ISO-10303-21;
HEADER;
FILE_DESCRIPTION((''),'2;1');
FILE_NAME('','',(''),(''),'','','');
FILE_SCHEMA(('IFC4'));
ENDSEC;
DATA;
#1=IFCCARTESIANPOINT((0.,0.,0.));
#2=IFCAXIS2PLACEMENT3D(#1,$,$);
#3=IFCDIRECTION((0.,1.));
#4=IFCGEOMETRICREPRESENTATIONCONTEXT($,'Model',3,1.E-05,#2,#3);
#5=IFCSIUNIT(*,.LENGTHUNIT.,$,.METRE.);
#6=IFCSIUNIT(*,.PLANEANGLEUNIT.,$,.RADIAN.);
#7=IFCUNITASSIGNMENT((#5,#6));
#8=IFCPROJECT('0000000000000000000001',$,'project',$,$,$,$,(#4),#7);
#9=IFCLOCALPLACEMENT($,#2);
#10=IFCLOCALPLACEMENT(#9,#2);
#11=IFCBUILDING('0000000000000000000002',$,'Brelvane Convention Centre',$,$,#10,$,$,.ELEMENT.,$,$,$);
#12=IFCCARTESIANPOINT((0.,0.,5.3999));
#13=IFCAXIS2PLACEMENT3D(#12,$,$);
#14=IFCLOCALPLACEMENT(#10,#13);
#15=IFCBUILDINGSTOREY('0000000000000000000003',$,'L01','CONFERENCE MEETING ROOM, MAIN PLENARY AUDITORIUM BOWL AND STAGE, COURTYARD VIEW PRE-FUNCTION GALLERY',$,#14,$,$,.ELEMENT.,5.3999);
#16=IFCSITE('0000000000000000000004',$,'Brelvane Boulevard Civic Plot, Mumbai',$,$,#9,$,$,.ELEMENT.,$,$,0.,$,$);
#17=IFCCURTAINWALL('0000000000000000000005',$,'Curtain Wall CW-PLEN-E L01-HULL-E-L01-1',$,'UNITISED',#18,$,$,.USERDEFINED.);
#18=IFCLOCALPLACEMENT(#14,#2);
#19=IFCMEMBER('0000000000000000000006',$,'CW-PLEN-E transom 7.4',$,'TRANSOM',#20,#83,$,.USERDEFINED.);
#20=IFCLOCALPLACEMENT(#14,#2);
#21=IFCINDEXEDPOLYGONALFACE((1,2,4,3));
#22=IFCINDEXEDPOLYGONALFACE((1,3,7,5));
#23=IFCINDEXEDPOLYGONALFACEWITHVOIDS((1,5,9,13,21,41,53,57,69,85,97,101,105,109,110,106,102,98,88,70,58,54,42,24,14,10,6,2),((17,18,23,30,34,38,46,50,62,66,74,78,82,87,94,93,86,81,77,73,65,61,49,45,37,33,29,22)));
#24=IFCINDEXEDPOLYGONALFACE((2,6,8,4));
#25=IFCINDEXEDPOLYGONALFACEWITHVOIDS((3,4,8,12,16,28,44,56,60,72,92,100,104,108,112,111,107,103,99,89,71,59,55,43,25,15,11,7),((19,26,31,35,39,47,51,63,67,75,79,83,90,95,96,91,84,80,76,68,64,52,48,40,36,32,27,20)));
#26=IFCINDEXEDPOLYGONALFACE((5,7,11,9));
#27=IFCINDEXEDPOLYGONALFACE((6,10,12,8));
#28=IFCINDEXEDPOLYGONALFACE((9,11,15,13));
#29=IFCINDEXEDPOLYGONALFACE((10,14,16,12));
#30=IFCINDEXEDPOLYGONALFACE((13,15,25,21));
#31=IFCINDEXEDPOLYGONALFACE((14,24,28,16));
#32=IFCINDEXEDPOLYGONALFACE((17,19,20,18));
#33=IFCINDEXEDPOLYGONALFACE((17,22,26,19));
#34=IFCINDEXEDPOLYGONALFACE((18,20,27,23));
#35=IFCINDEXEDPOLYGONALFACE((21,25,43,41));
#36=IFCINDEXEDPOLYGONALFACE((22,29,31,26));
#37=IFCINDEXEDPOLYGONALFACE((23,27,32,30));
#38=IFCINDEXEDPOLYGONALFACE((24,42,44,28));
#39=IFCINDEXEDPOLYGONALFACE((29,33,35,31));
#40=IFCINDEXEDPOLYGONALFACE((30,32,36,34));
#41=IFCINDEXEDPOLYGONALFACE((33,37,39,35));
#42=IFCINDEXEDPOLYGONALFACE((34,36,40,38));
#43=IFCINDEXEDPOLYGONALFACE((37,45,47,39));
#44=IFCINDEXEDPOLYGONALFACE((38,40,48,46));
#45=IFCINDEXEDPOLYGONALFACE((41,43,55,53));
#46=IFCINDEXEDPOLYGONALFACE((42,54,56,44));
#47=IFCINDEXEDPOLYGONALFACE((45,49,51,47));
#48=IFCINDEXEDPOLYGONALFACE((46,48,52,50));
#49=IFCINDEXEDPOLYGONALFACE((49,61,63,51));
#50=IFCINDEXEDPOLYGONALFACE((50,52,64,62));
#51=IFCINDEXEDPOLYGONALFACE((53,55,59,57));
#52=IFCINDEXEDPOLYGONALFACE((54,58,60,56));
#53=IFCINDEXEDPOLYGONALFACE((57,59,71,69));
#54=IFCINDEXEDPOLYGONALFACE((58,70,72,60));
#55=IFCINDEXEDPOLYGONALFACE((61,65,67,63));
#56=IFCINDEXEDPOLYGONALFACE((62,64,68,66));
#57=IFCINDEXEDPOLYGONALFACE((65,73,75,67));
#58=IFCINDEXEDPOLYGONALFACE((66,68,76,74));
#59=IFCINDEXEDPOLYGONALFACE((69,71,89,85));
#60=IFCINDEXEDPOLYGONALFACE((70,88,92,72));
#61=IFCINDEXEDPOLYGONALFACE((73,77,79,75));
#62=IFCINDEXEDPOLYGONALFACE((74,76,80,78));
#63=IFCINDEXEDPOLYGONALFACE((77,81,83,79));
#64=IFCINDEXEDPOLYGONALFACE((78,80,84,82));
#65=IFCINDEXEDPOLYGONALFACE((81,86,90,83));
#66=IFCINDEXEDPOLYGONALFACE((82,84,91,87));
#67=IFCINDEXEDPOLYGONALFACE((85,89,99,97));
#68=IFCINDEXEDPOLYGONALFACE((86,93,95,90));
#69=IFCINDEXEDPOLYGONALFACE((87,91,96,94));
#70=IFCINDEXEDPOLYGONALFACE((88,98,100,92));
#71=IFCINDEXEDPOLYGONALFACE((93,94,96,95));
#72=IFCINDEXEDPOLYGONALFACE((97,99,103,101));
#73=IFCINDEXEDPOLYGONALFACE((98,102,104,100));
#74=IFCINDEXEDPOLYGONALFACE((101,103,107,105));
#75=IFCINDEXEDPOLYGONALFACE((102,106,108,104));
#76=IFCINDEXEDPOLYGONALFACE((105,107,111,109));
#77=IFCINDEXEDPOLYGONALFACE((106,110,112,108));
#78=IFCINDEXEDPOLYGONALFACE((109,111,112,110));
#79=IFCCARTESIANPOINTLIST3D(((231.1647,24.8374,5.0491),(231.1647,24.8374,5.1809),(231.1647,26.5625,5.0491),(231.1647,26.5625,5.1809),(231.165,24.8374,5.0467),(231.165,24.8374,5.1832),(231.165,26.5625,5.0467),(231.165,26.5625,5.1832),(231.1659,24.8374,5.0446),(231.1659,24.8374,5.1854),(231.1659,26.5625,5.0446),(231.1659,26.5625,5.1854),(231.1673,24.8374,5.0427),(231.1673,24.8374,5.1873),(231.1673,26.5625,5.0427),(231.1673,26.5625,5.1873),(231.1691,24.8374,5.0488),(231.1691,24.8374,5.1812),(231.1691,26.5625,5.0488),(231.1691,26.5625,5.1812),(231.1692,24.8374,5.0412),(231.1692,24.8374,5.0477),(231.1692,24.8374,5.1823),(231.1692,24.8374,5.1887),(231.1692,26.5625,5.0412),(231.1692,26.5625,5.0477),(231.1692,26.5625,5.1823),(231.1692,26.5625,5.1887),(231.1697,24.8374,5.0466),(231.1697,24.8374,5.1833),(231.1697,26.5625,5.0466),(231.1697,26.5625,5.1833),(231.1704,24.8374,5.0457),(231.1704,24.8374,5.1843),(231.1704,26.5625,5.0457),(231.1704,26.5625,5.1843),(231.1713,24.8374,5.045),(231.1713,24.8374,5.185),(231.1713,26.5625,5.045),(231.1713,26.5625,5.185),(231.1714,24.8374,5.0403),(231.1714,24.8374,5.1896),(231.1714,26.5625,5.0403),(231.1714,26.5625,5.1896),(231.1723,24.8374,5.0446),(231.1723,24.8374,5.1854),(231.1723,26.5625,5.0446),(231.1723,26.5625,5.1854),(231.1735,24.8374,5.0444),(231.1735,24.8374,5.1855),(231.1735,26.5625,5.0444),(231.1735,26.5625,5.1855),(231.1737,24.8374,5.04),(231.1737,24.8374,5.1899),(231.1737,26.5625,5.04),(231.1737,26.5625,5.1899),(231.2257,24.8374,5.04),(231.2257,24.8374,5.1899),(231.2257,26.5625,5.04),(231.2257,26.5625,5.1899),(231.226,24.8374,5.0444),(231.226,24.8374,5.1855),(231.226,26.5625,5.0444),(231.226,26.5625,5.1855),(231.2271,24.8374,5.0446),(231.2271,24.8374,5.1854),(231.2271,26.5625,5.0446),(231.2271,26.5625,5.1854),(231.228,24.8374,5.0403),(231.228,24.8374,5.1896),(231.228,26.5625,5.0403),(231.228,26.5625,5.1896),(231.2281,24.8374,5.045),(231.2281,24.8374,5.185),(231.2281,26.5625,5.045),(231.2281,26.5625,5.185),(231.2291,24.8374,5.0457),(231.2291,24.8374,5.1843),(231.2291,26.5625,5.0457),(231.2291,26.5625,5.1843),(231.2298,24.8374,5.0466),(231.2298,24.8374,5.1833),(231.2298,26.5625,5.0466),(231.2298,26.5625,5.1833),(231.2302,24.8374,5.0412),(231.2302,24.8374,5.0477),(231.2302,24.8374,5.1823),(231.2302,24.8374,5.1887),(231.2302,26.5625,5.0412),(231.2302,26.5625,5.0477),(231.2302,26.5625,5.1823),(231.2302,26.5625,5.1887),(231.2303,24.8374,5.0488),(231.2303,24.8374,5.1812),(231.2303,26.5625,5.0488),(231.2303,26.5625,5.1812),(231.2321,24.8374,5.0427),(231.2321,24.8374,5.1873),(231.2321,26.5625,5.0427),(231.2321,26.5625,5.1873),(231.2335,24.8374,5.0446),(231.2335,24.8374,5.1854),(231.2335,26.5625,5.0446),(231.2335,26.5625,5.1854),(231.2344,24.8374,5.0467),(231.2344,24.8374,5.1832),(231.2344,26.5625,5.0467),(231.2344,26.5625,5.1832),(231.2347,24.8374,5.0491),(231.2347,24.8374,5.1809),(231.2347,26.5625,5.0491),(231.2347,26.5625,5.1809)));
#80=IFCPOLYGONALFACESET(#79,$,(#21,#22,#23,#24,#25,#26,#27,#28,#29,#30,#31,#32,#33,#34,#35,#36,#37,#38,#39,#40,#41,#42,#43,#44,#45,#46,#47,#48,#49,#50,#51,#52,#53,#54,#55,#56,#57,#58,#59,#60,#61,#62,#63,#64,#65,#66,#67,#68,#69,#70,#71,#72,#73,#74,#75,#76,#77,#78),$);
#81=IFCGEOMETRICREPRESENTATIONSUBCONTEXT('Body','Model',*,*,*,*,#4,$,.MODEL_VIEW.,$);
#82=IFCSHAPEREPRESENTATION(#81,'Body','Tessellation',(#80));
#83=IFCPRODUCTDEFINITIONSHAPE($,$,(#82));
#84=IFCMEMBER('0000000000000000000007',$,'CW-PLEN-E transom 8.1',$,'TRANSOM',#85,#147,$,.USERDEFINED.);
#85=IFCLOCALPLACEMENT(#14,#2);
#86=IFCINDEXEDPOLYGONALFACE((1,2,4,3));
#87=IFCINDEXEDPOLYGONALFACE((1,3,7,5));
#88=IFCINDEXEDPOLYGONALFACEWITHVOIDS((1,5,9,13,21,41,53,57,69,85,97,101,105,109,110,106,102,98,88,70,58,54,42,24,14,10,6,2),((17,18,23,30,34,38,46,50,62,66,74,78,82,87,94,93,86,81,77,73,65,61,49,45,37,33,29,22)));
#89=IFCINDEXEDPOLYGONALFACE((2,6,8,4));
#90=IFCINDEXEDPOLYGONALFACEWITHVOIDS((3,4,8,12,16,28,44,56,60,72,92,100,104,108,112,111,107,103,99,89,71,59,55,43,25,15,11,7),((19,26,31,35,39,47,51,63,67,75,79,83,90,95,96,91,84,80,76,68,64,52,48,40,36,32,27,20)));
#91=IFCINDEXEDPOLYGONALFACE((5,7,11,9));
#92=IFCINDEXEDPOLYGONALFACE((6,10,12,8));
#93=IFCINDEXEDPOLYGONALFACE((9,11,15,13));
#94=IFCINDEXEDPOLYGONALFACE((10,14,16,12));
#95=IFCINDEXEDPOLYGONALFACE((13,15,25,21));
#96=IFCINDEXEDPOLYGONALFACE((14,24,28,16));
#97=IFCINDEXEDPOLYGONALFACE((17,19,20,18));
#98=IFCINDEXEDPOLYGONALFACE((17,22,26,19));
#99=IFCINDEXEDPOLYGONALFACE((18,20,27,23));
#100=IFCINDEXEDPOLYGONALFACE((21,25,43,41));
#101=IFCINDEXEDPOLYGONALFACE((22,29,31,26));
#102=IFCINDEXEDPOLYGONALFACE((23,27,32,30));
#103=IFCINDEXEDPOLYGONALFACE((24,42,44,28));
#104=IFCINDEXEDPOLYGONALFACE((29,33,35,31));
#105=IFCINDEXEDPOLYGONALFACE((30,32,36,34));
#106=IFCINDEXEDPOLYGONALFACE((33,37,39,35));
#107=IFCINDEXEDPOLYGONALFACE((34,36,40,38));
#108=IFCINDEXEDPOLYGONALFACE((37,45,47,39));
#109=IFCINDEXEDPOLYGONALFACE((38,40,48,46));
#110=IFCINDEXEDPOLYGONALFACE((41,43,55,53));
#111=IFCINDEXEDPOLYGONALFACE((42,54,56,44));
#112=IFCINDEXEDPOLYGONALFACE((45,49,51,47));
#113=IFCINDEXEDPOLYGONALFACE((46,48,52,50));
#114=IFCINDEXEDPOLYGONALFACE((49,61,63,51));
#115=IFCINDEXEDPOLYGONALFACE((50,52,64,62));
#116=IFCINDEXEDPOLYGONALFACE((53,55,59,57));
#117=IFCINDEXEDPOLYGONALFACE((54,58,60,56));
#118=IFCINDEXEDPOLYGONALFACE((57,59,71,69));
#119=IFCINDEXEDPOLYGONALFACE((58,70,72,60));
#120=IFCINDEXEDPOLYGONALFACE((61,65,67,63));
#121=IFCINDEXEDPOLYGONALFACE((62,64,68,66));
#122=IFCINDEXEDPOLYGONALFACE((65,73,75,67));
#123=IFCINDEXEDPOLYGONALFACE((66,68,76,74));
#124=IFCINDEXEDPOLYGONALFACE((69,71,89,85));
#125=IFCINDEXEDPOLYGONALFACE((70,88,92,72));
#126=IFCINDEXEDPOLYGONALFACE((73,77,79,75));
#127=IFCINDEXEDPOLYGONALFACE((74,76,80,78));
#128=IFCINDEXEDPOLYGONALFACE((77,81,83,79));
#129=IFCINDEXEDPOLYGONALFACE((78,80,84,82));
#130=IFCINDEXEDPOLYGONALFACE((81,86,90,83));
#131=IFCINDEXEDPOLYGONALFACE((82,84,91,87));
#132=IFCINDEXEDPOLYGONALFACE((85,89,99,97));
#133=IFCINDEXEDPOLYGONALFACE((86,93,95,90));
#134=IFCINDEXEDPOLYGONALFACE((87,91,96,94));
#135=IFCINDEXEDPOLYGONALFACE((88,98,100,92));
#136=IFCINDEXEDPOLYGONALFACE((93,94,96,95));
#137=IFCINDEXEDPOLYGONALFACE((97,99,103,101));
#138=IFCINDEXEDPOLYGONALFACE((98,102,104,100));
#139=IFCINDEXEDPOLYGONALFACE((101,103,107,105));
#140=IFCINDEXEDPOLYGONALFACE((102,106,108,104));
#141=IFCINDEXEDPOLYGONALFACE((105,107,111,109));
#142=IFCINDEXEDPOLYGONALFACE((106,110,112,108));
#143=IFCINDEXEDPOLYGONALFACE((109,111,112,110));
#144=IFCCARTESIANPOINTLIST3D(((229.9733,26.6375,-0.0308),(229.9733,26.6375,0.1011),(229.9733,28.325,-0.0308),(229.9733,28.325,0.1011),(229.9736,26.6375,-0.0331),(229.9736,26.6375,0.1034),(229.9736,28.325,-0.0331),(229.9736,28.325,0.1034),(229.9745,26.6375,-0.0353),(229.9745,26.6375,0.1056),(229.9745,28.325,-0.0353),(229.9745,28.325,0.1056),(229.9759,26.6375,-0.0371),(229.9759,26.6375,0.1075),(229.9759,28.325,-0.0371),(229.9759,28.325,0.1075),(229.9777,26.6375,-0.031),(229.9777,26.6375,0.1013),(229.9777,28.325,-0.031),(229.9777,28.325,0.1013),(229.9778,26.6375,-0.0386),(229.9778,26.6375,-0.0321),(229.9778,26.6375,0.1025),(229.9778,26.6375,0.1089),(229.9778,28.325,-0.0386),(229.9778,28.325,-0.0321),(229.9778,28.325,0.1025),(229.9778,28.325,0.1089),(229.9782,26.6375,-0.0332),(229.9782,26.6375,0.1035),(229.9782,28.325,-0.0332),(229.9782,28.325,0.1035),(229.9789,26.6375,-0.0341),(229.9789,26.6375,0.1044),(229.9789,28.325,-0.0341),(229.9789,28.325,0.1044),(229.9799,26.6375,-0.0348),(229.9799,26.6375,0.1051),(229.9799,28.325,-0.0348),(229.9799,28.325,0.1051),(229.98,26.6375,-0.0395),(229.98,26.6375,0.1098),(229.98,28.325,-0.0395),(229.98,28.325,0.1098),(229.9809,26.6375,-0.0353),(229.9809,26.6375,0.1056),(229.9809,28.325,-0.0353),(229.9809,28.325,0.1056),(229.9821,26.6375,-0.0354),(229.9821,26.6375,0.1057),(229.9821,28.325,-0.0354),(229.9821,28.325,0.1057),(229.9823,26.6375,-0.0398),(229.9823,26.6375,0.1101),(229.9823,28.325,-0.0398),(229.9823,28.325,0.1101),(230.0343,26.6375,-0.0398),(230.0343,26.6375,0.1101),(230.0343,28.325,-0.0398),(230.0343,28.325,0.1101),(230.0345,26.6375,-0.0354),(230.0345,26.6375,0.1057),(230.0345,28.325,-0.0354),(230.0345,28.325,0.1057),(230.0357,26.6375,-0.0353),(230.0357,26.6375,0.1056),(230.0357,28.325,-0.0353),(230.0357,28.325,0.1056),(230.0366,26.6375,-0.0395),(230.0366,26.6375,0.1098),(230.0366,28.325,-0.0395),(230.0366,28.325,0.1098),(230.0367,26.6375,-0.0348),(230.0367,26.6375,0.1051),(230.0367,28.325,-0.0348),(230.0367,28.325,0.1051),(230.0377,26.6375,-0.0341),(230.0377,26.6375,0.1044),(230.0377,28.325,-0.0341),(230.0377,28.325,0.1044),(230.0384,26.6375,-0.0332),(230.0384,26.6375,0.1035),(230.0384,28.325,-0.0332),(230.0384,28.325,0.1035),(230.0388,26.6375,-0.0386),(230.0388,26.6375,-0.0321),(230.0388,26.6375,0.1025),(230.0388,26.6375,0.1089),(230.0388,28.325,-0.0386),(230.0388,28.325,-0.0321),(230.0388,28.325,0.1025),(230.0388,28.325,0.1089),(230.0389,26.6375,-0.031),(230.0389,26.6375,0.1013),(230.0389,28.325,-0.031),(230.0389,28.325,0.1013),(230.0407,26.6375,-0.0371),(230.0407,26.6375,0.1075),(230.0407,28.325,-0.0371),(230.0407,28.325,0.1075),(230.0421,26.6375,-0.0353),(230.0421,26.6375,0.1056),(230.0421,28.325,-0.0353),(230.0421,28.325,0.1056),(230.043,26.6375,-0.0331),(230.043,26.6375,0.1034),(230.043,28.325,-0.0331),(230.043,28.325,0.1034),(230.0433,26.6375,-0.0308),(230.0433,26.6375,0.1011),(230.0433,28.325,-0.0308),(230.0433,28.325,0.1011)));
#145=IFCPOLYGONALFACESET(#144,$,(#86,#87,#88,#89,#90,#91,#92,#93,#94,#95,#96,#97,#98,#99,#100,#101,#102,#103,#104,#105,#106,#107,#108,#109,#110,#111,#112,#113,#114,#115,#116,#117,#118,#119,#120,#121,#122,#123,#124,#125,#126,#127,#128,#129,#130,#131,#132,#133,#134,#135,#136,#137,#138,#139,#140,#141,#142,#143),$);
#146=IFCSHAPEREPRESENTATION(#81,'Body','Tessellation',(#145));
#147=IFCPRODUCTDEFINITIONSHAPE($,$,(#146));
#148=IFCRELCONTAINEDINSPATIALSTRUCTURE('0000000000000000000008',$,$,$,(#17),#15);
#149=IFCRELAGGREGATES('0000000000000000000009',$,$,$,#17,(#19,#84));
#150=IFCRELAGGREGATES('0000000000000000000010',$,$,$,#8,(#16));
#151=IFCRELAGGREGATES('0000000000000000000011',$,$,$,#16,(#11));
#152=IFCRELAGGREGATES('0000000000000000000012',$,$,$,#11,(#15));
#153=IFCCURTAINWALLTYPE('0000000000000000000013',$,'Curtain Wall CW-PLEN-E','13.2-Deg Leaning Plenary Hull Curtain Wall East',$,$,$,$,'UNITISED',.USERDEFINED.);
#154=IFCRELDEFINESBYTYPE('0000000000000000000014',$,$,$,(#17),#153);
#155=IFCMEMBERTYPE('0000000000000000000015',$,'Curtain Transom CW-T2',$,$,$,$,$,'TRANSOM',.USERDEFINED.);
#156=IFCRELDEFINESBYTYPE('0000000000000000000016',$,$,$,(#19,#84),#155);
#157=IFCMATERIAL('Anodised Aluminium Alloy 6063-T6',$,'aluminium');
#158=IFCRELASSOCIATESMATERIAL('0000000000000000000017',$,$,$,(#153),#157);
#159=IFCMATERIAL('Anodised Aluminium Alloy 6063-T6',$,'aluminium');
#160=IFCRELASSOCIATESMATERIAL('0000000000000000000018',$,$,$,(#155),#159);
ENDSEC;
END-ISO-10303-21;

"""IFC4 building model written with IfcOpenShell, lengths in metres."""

from ifc_helpers import new_model, si_unit, direction, frame, origin, origin_2d, place, context, subcontext, project, spatial, hollow_rectangle, extrude, material, material_profile, profile_set, type_object, element, aggregate, save


model = new_model("IFC4")

# Units and contexts
model_context = context("Model", 3, precision=1e-05, world=origin(), true_north=direction((0.0, 1.0)))
body_context = subcontext(model_context, "Body", "Model", "MODEL_VIEW")
ifc_project = project(units=[si_unit("LENGTHUNIT", "METRE"), si_unit("PLANEANGLEUNIT", "RADIAN")], contexts=[model_context])

# Site, building, storey
site_placement = place(None, origin())
site = spatial("IfcSite", under=ifc_project, at=site_placement, Name="Brelvane Boulevard Civic Plot, Mumbai", CompositionType="ELEMENT", RefElevation=0.0)
building_placement = place(site_placement, origin())
building = spatial("IfcBuilding", under=site, at=building_placement, Name="Brelvane Convention Centre", CompositionType="ELEMENT")
storey_placement = place(building_placement, frame((0.0, 0.0, 5.3999)))
storey = spatial("IfcBuildingStorey", under=building, at=storey_placement, Name="L01", Description="CONFERENCE MEETING ROOM, MAIN PLENARY AUDITORIUM BOWL AND STAGE, COURTYARD VIEW PRE-FUNCTION GALLERY", CompositionType="ELEMENT", Elevation=5.3999)

# Curtain wall, members
ifc_material_1 = material(Name="Anodised Aluminium Alloy 6063-T6", Category="aluminium")
curtain_wall_type = type_object("IfcCurtainWallType", Name="Curtain Wall CW-PLEN-E", Description="13.2-Deg Leaning Plenary Hull Curtain Wall East", ElementType="UNITISED", PredefinedType="USERDEFINED", material=ifc_material_1)
curtain_wall_placement = place(storey_placement, origin())
curtain_wall = element("IfcCurtainWall", 1, at=curtain_wall_placement, inside=storey, type_object=curtain_wall_type, Name="Curtain Wall CW-PLEN-E L01-HULL-E-L01-1", ObjectType="UNITISED", PredefinedType="USERDEFINED")
ifc_material_2 = material(Name="Anodised Aluminium Alloy 6063-T6", Category="aluminium")
ifc_material_profile_1 = material_profile(ifc_material_2, hollow_rectangle(XDim=0.0701, YDim=0.1499, WallThickness=0.0044, InnerFilletRadius=0.0044, OuterFilletRadius=0.009, at=origin_2d()), Name="ALU-T 150x70x4.5")
ifc_profile_set_1 = profile_set([ifc_material_profile_1], Name="Anodised Aluminium Alloy 6063-T6")
member_type_1 = type_object("IfcMemberType", Name="Curtain Transom CW-T2", ElementType="TRANSOM", PredefinedType="USERDEFINED", material=ifc_profile_set_1)
member_1_placement = place(storey_placement, frame((231.1997, 24.8374, 5.115), z_axis=(0.0, 1.0, 0.0), x_axis=(-1.0, 0.0, 0.0)))
member_1 = element("IfcMember", 2, at=member_1_placement, type_object=member_type_1, Name="CW-PLEN-E transom 7.4", ObjectType="TRANSOM", PredefinedType="USERDEFINED", context=body_context, shape_type="SweptSolid", body=[
    extrude(hollow_rectangle(XDim=0.0701, YDim=0.1499, WallThickness=0.0044, InnerFilletRadius=0.0044, OuterFilletRadius=0.009, at=origin_2d()), origin(), (0.0, 0.0, 1.0), 1.7251),
])
member_2_placement = place(storey_placement, frame((230.0083, 26.6375, 0.0352), z_axis=(0.0, 1.0, 0.0), x_axis=(-1.0, 0.0, 0.0)))
member_2 = element("IfcMember", 3, at=member_2_placement, type_object=member_type_1, Name="CW-PLEN-E transom 8.1", ObjectType="TRANSOM", PredefinedType="USERDEFINED", context=body_context, shape_type="SweptSolid", body=[
    extrude(hollow_rectangle(XDim=0.0701, YDim=0.1499, WallThickness=0.0044, InnerFilletRadius=0.0044, OuterFilletRadius=0.009, at=origin_2d()), origin(), (0.0, 0.0, 1.0), 1.6875),
])
aggregate(curtain_wall, [member_1, member_2])

save(model, "model.ifc")
